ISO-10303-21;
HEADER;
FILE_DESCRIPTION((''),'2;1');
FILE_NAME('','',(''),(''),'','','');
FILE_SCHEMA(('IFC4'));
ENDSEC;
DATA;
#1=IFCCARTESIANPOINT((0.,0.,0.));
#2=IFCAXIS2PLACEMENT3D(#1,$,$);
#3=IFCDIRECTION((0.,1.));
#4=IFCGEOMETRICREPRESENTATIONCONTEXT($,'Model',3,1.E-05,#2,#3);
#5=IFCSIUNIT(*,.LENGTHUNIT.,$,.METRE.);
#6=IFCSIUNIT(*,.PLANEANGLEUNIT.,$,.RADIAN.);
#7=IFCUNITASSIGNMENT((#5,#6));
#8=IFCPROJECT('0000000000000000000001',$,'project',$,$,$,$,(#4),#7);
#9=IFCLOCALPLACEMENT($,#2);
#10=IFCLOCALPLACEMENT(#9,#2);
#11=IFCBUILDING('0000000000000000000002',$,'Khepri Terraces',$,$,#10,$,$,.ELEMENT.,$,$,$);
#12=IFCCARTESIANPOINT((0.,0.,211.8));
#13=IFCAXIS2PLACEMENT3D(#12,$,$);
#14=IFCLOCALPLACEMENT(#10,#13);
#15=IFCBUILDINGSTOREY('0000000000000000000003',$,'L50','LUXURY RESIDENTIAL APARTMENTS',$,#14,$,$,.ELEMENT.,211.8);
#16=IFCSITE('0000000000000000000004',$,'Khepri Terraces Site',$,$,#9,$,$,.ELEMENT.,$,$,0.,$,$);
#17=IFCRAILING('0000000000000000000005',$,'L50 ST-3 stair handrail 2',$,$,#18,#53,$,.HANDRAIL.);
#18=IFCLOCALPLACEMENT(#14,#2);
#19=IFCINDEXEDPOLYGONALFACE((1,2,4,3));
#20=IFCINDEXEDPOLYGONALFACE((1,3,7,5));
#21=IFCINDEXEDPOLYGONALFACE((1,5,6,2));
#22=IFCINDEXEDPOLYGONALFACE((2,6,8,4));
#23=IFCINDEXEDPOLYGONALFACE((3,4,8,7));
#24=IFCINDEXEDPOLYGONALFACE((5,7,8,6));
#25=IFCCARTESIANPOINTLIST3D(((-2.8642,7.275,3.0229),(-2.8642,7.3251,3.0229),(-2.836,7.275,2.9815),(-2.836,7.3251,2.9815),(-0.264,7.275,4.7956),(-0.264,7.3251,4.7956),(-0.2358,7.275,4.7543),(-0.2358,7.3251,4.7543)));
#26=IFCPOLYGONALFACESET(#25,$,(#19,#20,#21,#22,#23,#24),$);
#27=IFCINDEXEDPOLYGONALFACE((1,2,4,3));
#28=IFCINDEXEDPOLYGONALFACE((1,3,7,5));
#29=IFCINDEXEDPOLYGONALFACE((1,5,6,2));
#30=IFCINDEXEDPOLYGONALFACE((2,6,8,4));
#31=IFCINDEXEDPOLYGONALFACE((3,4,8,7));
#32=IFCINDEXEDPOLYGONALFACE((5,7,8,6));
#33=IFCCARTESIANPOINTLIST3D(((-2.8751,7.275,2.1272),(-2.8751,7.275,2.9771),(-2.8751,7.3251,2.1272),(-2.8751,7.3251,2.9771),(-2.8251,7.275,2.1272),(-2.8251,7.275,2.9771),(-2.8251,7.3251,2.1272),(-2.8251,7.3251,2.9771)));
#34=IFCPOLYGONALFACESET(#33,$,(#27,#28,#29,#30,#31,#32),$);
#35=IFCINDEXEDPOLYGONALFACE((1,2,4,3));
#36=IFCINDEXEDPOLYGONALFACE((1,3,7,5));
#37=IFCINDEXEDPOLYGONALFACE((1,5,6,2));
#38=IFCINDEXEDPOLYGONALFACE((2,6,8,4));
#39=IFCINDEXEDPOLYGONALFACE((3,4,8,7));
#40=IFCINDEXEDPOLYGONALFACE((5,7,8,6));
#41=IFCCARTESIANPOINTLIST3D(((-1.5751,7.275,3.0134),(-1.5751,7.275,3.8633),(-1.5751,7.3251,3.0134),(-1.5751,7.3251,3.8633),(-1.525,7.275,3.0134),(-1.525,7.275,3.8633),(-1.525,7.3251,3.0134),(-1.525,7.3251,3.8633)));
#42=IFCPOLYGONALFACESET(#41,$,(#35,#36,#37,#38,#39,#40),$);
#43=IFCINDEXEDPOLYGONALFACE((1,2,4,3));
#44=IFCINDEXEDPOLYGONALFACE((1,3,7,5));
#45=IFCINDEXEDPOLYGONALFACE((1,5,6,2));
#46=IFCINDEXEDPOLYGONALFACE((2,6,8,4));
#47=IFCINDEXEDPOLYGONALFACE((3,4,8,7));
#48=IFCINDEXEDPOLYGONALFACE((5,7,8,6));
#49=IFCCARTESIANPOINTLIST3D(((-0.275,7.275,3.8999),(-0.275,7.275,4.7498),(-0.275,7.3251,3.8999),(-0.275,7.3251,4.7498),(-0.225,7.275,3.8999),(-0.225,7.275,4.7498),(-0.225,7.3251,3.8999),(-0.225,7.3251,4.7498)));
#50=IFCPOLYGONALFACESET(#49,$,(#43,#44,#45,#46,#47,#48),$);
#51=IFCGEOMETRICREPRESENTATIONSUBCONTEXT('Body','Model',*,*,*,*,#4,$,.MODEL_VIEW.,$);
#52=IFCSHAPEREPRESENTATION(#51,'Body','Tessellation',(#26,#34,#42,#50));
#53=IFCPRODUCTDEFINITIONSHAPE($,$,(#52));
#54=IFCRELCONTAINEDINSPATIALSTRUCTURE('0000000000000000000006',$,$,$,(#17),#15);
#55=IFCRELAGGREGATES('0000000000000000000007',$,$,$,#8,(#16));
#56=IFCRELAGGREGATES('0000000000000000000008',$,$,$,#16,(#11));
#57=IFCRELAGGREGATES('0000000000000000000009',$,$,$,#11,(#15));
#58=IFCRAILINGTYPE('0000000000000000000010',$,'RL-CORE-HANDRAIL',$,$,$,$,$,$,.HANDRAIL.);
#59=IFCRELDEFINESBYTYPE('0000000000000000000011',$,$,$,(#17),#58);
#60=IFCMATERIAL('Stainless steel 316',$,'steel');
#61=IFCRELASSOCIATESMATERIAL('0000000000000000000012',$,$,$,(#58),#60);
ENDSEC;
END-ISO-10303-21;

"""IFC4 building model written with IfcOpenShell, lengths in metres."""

from ifc_helpers import new_model, si_unit, direction, frame, origin, origin_2d, place, context, subcontext, project, spatial, rectangle, extrude, material, type_object, element, save


model = new_model("IFC4")

# Units and contexts
model_context = context("Model", 3, precision=1e-05, world=origin(), true_north=direction((0.0, 1.0)))
body_context = subcontext(model_context, "Body", "Model", "MODEL_VIEW")
ifc_project = project(units=[si_unit("LENGTHUNIT", "METRE"), si_unit("PLANEANGLEUNIT", "RADIAN")], contexts=[model_context])

# Site, building, storey
site_placement = place(None, origin())
site = spatial("IfcSite", under=ifc_project, at=site_placement, Name="Khepri Terraces Site", CompositionType="ELEMENT", RefElevation=0.0)
building_placement = place(site_placement, origin())
building = spatial("IfcBuilding", under=site, at=building_placement, Name="Khepri Terraces", CompositionType="ELEMENT")
storey_placement = place(building_placement, frame((0.0, 0.0, 211.8)))
storey = spatial("IfcBuildingStorey", under=building, at=storey_placement, Name="L50", Description="LUXURY RESIDENTIAL APARTMENTS", CompositionType="ELEMENT", Elevation=211.8)

# Railing
ifc_material_1 = material(Name="Stainless steel 316", Category="steel")
railing_type_1 = type_object("IfcRailingType", Name="RL-CORE-HANDRAIL", PredefinedType="HANDRAIL", material=ifc_material_1)
railing_1_placement = place(storey_placement, frame((-2.8501, 7.3, 2.1272)))
element("IfcRailing", 1, at=railing_1_placement, inside=storey, type_object=railing_type_1, Name="L50 ST-3 stair handrail 2", PredefinedType="HANDRAIL", context=body_context, shape_type="SweptSolid", body=[
    extrude(rectangle(XDim=0.05, YDim=0.05, at=origin_2d()), frame((0.0, 0.0, 0.875), z_axis=(0.82624, 0.0, 0.563318), x_axis=(0.0, 1.0, 0.0)), (0.0, 0.0, 1.0), 3.147),
    extrude(rectangle(XDim=0.05, YDim=0.05, at=origin_2d()), origin(), (0.0, 0.0, 1.0), 0.8499),
    extrude(rectangle(XDim=0.05, YDim=0.05, at=origin_2d()), frame((1.3, 0.0, 0.8862)), (0.0, 0.0, 1.0), 0.8499),
    extrude(rectangle(XDim=0.05, YDim=0.05, at=origin_2d()), frame((2.6001, 0.0, 1.7727)), (0.0, 0.0, 1.0), 0.8499),
])

save(model, "model.ifc")
